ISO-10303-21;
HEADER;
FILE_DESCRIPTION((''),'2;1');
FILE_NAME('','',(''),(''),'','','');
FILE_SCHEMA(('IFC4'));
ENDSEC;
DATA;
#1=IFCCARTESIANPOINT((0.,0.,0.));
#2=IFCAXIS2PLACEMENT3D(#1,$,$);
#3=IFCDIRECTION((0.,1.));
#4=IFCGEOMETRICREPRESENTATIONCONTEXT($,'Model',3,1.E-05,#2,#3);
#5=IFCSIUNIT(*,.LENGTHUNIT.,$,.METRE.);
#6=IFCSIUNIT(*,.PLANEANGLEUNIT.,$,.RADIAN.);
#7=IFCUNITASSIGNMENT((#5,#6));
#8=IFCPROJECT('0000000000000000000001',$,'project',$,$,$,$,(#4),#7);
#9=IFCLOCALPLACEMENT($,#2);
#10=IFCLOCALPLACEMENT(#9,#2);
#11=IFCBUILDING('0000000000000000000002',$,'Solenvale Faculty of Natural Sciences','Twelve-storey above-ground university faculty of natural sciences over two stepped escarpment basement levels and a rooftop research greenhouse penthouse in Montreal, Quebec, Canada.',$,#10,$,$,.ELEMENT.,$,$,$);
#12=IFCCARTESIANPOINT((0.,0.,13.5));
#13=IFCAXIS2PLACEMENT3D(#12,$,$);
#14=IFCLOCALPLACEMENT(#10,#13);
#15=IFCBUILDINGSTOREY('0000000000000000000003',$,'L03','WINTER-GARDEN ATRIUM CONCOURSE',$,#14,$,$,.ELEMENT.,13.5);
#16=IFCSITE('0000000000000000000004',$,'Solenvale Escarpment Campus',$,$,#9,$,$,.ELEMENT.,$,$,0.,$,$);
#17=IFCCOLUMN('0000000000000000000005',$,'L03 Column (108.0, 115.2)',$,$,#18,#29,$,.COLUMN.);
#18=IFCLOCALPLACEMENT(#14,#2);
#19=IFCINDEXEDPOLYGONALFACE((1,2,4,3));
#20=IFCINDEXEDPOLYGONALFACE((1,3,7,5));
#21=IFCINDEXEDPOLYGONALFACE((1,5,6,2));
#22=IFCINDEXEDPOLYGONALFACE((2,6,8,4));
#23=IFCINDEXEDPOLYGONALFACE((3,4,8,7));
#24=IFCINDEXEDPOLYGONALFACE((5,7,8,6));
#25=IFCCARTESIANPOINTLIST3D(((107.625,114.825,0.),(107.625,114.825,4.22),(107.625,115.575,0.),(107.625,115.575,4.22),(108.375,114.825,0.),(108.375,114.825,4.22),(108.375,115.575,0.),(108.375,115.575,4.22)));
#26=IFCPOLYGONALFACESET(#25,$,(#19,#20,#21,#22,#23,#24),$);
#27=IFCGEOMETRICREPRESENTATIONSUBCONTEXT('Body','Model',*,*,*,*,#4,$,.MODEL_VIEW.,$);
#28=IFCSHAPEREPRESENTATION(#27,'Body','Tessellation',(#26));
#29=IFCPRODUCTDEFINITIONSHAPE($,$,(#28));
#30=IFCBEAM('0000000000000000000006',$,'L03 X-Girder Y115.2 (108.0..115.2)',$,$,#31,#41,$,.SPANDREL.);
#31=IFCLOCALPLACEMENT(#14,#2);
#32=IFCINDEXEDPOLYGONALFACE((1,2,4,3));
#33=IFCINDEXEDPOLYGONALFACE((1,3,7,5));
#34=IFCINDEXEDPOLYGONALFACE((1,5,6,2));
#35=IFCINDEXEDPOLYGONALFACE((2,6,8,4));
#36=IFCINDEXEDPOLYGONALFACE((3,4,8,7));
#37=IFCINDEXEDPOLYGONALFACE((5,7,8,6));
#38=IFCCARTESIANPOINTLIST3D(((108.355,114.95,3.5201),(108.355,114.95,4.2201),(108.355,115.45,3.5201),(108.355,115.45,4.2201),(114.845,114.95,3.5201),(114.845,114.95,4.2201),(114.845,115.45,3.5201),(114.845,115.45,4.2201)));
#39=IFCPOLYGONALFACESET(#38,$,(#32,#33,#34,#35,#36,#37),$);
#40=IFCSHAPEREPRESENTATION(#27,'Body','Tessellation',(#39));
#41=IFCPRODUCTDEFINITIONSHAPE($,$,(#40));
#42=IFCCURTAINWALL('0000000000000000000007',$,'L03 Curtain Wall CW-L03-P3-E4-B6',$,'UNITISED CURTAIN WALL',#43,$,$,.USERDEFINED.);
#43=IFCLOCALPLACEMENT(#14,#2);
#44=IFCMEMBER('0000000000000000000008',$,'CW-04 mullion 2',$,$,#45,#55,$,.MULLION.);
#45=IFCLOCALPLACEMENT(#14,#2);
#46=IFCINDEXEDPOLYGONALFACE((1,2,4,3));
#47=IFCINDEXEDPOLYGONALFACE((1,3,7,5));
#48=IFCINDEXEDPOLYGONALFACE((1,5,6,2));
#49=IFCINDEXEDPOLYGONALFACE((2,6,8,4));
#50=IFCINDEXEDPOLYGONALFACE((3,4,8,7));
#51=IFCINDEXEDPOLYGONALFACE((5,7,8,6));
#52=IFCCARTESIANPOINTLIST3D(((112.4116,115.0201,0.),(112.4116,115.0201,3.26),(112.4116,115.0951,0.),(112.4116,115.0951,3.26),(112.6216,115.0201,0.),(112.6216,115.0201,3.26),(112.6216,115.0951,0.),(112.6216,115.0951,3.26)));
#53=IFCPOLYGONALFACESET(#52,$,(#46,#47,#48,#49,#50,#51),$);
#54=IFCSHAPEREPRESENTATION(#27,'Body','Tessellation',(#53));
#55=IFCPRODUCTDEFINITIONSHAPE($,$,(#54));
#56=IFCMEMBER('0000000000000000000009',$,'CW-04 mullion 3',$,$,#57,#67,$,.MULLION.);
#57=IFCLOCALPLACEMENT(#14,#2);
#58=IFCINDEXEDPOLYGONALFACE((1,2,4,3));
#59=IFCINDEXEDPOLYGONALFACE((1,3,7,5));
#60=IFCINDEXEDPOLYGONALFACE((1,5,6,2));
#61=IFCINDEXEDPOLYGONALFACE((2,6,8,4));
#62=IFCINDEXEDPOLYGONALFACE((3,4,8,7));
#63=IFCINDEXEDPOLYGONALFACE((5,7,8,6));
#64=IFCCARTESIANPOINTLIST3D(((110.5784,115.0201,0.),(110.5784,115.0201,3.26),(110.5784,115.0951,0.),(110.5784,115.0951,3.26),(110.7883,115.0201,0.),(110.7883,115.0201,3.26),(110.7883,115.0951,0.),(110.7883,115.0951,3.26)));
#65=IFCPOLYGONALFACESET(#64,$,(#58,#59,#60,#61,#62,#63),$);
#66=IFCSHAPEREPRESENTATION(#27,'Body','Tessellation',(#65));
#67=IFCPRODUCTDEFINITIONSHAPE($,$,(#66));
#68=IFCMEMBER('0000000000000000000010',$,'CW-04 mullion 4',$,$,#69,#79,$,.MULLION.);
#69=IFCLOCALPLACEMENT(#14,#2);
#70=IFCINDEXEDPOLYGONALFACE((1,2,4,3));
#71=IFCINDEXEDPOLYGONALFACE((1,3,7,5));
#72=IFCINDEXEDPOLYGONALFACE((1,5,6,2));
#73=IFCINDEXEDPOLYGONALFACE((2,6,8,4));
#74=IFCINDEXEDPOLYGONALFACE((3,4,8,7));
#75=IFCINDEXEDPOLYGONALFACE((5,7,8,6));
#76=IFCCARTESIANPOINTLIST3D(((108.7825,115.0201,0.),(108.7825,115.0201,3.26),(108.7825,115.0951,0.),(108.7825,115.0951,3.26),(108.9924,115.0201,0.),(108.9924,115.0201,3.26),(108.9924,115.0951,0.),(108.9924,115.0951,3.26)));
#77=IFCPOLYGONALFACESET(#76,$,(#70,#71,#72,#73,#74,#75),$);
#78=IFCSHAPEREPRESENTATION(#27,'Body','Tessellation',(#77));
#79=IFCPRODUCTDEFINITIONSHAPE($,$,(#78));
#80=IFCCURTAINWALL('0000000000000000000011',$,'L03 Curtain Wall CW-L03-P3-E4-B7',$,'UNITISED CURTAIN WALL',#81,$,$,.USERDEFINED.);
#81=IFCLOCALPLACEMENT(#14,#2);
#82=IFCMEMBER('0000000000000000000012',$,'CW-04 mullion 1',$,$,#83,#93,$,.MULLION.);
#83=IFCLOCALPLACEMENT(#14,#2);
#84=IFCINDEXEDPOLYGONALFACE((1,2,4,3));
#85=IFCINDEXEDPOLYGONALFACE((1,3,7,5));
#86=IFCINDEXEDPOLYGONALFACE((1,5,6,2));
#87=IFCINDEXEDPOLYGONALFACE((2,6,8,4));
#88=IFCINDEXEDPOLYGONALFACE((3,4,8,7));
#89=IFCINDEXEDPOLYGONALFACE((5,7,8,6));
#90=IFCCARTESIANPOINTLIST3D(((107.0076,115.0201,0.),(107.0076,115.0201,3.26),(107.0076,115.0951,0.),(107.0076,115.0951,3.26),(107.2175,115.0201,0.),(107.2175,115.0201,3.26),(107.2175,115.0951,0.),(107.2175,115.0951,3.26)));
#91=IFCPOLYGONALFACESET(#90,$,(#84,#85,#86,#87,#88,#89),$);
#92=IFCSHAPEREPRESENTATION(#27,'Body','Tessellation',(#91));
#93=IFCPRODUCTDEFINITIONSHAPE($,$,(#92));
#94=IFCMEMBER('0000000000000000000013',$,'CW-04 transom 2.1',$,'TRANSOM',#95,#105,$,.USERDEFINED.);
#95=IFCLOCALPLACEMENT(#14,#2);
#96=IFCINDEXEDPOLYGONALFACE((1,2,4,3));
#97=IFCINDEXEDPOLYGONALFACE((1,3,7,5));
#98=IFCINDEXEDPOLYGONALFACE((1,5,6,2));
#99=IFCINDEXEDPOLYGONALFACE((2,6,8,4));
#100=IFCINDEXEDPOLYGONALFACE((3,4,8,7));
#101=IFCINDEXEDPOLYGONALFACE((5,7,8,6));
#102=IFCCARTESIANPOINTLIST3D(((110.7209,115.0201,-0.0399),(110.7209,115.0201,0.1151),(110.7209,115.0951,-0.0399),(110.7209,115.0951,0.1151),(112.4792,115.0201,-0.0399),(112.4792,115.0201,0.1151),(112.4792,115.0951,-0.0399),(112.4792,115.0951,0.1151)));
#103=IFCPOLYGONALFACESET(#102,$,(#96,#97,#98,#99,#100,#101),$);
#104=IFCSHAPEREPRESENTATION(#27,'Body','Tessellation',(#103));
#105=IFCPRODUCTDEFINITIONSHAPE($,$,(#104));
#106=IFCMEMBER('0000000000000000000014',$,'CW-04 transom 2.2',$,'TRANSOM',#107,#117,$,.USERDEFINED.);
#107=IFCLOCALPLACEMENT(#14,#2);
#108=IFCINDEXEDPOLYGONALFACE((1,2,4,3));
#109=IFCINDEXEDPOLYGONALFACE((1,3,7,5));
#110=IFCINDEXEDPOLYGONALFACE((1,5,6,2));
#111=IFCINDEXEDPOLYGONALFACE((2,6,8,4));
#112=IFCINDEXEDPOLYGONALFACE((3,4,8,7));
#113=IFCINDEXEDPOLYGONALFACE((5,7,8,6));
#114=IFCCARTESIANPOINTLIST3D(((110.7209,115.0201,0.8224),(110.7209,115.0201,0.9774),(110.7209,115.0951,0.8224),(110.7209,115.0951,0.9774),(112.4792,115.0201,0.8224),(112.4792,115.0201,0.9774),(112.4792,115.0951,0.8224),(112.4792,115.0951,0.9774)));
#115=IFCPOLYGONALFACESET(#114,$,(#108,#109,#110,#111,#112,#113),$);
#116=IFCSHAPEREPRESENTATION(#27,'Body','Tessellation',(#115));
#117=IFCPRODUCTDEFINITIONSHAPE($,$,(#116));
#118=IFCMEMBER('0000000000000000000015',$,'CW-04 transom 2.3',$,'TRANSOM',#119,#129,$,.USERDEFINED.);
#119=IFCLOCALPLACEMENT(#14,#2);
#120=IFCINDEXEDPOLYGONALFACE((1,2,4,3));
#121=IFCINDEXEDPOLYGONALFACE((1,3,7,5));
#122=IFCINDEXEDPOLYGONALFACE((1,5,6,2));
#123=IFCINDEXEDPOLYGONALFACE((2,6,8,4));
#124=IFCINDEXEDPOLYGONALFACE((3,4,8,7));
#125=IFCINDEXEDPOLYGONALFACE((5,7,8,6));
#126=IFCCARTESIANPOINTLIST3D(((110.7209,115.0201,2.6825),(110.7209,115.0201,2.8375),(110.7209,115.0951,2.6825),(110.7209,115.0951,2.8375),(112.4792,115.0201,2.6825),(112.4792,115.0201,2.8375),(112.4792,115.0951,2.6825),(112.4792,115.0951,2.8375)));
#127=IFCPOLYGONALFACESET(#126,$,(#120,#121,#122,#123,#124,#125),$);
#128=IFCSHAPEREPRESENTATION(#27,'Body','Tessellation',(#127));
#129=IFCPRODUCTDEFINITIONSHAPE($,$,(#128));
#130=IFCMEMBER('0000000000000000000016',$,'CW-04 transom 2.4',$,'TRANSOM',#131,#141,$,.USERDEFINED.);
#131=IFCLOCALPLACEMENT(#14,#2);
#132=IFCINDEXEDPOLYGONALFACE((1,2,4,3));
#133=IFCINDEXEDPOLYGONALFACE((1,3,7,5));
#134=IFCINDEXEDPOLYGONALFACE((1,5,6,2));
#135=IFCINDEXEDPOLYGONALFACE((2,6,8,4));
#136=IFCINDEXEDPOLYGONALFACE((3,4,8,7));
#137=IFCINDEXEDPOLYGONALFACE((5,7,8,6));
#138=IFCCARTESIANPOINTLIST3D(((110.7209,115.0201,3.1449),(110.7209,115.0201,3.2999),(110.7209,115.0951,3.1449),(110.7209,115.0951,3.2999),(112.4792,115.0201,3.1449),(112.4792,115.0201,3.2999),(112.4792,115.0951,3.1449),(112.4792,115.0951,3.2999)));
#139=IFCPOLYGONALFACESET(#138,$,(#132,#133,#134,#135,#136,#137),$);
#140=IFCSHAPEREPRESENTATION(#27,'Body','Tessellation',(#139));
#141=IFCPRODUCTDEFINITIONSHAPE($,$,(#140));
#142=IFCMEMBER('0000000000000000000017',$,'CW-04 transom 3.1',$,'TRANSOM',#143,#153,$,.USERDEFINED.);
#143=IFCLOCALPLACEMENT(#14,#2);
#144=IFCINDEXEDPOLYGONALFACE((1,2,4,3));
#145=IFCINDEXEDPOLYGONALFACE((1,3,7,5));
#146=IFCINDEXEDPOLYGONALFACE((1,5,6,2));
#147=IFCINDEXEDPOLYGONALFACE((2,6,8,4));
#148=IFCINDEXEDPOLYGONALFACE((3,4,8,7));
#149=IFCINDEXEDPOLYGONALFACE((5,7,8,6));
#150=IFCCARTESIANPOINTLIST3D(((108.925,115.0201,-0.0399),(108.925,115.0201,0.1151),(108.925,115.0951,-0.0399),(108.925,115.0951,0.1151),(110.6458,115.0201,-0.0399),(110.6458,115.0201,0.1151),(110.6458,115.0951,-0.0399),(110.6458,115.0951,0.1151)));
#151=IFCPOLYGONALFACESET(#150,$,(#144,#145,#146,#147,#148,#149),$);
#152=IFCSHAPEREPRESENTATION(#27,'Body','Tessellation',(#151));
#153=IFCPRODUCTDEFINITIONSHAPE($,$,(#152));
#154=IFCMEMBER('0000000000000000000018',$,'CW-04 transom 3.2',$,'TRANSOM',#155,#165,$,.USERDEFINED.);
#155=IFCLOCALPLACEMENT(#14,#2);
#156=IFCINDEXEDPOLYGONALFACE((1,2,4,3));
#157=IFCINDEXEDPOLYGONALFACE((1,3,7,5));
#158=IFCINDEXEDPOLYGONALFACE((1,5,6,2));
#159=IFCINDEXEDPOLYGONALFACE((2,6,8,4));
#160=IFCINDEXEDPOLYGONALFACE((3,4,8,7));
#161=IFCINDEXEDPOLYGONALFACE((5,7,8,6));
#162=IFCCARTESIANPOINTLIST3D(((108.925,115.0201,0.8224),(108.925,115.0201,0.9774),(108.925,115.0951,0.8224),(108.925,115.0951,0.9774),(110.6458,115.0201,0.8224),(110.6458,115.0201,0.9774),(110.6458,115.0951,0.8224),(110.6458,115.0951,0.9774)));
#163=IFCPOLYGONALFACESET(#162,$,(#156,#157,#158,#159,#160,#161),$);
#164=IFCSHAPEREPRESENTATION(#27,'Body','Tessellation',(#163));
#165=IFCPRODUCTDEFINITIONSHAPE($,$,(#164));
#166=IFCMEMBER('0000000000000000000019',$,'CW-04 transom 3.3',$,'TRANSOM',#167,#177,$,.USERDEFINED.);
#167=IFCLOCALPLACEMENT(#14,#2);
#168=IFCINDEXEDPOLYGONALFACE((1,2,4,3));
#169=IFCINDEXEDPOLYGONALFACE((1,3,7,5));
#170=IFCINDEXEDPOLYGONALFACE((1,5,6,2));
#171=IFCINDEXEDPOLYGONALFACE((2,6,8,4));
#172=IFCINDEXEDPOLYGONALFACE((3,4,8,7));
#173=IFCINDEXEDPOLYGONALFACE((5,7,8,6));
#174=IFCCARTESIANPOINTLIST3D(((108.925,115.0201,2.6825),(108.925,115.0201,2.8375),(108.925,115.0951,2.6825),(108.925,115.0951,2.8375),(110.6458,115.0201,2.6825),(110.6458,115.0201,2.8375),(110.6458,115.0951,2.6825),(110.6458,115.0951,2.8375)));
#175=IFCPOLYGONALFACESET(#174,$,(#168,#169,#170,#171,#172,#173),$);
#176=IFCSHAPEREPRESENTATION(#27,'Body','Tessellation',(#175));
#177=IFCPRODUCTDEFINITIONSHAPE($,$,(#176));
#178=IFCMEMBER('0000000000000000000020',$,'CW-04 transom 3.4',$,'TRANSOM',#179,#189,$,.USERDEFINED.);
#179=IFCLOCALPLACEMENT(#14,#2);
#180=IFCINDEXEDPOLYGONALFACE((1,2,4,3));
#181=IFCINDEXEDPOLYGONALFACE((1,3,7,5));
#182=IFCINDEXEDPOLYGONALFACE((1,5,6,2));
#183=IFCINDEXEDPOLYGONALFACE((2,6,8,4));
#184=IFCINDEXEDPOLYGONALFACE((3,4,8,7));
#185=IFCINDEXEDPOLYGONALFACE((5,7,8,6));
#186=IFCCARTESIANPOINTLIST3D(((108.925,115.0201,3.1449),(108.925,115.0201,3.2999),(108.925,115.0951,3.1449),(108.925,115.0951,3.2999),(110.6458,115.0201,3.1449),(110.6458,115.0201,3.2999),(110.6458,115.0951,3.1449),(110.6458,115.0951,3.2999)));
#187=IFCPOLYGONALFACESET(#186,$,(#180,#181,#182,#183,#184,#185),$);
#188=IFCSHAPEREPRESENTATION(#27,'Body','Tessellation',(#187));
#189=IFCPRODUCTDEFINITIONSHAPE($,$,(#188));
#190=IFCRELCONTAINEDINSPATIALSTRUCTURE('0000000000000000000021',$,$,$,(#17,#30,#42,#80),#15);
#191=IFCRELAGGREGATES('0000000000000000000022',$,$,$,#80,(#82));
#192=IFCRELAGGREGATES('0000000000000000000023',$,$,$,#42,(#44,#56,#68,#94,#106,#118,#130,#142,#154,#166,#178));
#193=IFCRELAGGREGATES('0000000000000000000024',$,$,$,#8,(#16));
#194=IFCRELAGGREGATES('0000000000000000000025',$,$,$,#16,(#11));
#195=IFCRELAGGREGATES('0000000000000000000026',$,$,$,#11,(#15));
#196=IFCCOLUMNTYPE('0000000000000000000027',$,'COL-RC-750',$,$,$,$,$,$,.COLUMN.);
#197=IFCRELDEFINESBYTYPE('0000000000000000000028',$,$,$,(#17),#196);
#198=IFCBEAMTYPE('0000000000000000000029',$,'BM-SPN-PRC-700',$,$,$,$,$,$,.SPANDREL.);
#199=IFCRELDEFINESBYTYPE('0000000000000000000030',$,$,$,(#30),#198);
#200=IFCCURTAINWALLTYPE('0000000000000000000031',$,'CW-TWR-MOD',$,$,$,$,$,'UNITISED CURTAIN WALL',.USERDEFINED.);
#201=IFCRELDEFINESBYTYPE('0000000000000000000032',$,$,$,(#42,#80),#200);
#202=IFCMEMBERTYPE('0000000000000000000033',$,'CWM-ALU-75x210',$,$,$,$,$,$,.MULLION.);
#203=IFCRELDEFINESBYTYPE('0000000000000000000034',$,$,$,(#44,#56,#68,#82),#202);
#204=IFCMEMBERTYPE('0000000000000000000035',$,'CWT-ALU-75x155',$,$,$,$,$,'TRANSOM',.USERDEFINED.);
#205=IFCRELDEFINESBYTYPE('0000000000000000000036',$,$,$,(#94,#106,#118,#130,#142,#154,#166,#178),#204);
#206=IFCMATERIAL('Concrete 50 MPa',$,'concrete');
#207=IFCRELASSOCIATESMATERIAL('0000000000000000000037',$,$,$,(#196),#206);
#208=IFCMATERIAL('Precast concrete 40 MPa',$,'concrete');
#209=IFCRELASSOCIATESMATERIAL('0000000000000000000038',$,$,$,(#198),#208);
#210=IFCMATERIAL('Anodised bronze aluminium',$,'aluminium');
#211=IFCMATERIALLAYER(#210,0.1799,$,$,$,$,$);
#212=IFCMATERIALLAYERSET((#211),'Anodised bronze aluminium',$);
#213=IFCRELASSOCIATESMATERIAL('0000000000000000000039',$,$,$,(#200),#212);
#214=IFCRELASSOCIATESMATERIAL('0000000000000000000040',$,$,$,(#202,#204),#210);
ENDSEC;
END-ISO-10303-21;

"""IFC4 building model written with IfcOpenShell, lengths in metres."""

from ifc_helpers import new_model, si_unit, direction, frame, origin, origin_2d, place, context, subcontext, project, spatial, rectangle, extrude, material, layer, layer_set, material_profile, profile_set, type_object, element, aggregate, save


model = new_model("IFC4")

# Units and contexts
model_context = context("Model", 3, precision=1e-05, world=origin(), true_north=direction((0.0, 1.0)))
body_context = subcontext(model_context, "Body", "Model", "MODEL_VIEW")
ifc_project = project(units=[si_unit("LENGTHUNIT", "METRE"), si_unit("PLANEANGLEUNIT", "RADIAN")], contexts=[model_context])

# Site, building, storey
site_placement = place(None, origin())
site = spatial("IfcSite", under=ifc_project, at=site_placement, Name="Solenvale Escarpment Campus", CompositionType="ELEMENT", RefElevation=0.0)
building_placement = place(site_placement, origin())
building = spatial("IfcBuilding", under=site, at=building_placement, Name="Solenvale Faculty of Natural Sciences", Description="Twelve-storey above-ground university faculty of natural sciences over two stepped escarpment basement levels and a rooftop research greenhouse penthouse in Montreal, Quebec, Canada.", CompositionType="ELEMENT")
storey_placement = place(building_placement, frame((0.0, 0.0, 13.5)))
storey = spatial("IfcBuildingStorey", under=building, at=storey_placement, Name="L03", Description="WINTER-GARDEN ATRIUM CONCOURSE", CompositionType="ELEMENT", Elevation=13.5)

# Column
ifc_material_1 = material(Name="Concrete 50 MPa", Category="concrete")
ifc_material_profile_1 = material_profile(ifc_material_1, rectangle(XDim=0.75, YDim=0.75, at=origin_2d()), Name="RC-COL-750x750")
ifc_profile_set_1 = profile_set([ifc_material_profile_1], Name="Concrete 50 MPa")
column_type = type_object("IfcColumnType", Name="COL-RC-750", PredefinedType="COLUMN", material=ifc_profile_set_1)
column_placement = place(storey_placement, frame((108.0, 115.2, 0.0), z_axis=(0.0, 0.0, 1.0), x_axis=(1.0, 0.0, 0.0)))
element("IfcColumn", 1, at=column_placement, inside=storey, type_object=column_type, Name="L03 Column (108.0, 115.2)", PredefinedType="COLUMN", context=body_context, shape_type="SweptSolid", body=[
    extrude(rectangle(XDim=0.75, YDim=0.75, at=origin_2d()), origin(), (0.0, 0.0, 1.0), 4.22),
])

# Beam
ifc_material_2 = material(Name="Precast concrete 40 MPa", Category="concrete")
ifc_material_profile_2 = material_profile(ifc_material_2, rectangle(XDim=0.5, YDim=0.7, at=origin_2d()), Name="RC-BM-500x700")
ifc_profile_set_2 = profile_set([ifc_material_profile_2], Name="Precast concrete 40 MPa")
beam_type = type_object("IfcBeamType", Name="BM-SPN-PRC-700", PredefinedType="SPANDREL", material=ifc_profile_set_2)
beam_placement = place(storey_placement, frame((108.355, 115.2, 3.8701), z_axis=(1.0, 0.0, 0.0), x_axis=(0.0, 1.0, 0.0)))
element("IfcBeam", 2, at=beam_placement, inside=storey, type_object=beam_type, Name="L03 X-Girder Y115.2 (108.0..115.2)", PredefinedType="SPANDREL", context=body_context, shape_type="SweptSolid", body=[
    extrude(rectangle(XDim=0.5, YDim=0.7, at=origin_2d()), origin(), (0.0, 0.0, 1.0), 6.49),
])

# Curtain wall, members
ifc_material_3 = material(Name="Anodised bronze aluminium", Category="aluminium")
ifc_layer_1 = layer(ifc_material_3, 0.1799)
ifc_layer_set_1 = layer_set([ifc_layer_1], Name="Anodised bronze aluminium")
curtain_wall_type = type_object("IfcCurtainWallType", Name="CW-TWR-MOD", ElementType="UNITISED CURTAIN WALL", PredefinedType="USERDEFINED", material=ifc_layer_set_1)
curtain_wall_1_placement = place(storey_placement, origin())
curtain_wall_1 = element("IfcCurtainWall", 3, at=curtain_wall_1_placement, inside=storey, type_object=curtain_wall_type, Name="L03 Curtain Wall CW-L03-P3-E4-B6", ObjectType="UNITISED CURTAIN WALL", PredefinedType="USERDEFINED")
ifc_material_profile_3 = material_profile(ifc_material_3, rectangle(XDim=0.075, YDim=0.21, at=origin_2d()), Name="ALU-MUL-75x210")
ifc_profile_set_3 = profile_set([ifc_material_profile_3], Name="Anodised bronze aluminium")
member_type_1 = type_object("IfcMemberType", Name="CWM-ALU-75x210", PredefinedType="MULLION", material=ifc_profile_set_3)
member_1_placement = place(storey_placement, frame((112.5166, 115.0576, 0.0), z_axis=(0.0, 0.0, 1.0), x_axis=(0.0, -1.0, 0.0)))
member_1 = element("IfcMember", 4, at=member_1_placement, type_object=member_type_1, Name="CW-04 mullion 2", PredefinedType="MULLION", context=body_context, shape_type="SweptSolid", body=[
    extrude(rectangle(XDim=0.075, YDim=0.21, at=origin_2d()), origin(), (0.0, 0.0, 1.0), 3.26),
])
member_2_placement = place(storey_placement, frame((110.6833, 115.0576, 0.0), z_axis=(0.0, 0.0, 1.0), x_axis=(0.0, -1.0, 0.0)))
member_2 = element("IfcMember", 5, at=member_2_placement, type_object=member_type_1, Name="CW-04 mullion 3", PredefinedType="MULLION", context=body_context, shape_type="SweptSolid", body=[
    extrude(rectangle(XDim=0.075, YDim=0.21, at=origin_2d()), origin(), (0.0, 0.0, 1.0), 3.26),
])
member_3_placement = place(storey_placement, frame((108.8875, 115.0576, 0.0), z_axis=(0.0, 0.0, 1.0), x_axis=(0.0, -1.0, 0.0)))
member_3 = element("IfcMember", 6, at=member_3_placement, type_object=member_type_1, Name="CW-04 mullion 4", PredefinedType="MULLION", context=body_context, shape_type="SweptSolid", body=[
    extrude(rectangle(XDim=0.075, YDim=0.21, at=origin_2d()), origin(), (0.0, 0.0, 1.0), 3.26),
])

# Curtain wall, member
curtain_wall_2_placement = place(storey_placement, origin())
curtain_wall_2 = element("IfcCurtainWall", 7, at=curtain_wall_2_placement, inside=storey, type_object=curtain_wall_type, Name="L03 Curtain Wall CW-L03-P3-E4-B7", ObjectType="UNITISED CURTAIN WALL", PredefinedType="USERDEFINED")
member_4_placement = place(storey_placement, frame((107.1125, 115.0576, 0.0), z_axis=(0.0, 0.0, 1.0), x_axis=(0.0, -1.0, 0.0)))
member_4 = element("IfcMember", 8, at=member_4_placement, type_object=member_type_1, Name="CW-04 mullion 1", PredefinedType="MULLION", context=body_context, shape_type="SweptSolid", body=[
    extrude(rectangle(XDim=0.075, YDim=0.21, at=origin_2d()), origin(), (0.0, 0.0, 1.0), 3.26),
])

# Members
ifc_material_profile_4 = material_profile(ifc_material_3, rectangle(XDim=0.075, YDim=0.155, at=origin_2d()), Name="ALU-TRN-75x155")
ifc_profile_set_4 = profile_set([ifc_material_profile_4], Name="Anodised bronze aluminium")
member_type_2 = type_object("IfcMemberType", Name="CWT-ALU-75x155", ElementType="TRANSOM", PredefinedType="USERDEFINED", material=ifc_profile_set_4)
member_5_placement = place(storey_placement, frame((112.4792, 115.0576, 0.0376), z_axis=(-1.0, 0.0, 0.0), x_axis=(0.0, -1.0, 0.0)))
member_5 = element("IfcMember", 9, at=member_5_placement, type_object=member_type_2, Name="CW-04 transom 2.1", ObjectType="TRANSOM", PredefinedType="USERDEFINED", context=body_context, shape_type="SweptSolid", body=[
    extrude(rectangle(XDim=0.075, YDim=0.155, at=origin_2d()), origin(), (0.0, 0.0, 1.0), 1.7583),
])
member_6_placement = place(storey_placement, frame((112.4792, 115.0576, 0.8999), z_axis=(-1.0, 0.0, 0.0), x_axis=(0.0, -1.0, 0.0)))
member_6 = element("IfcMember", 10, at=member_6_placement, type_object=member_type_2, Name="CW-04 transom 2.2", ObjectType="TRANSOM", PredefinedType="USERDEFINED", context=body_context, shape_type="SweptSolid", body=[
    extrude(rectangle(XDim=0.075, YDim=0.155, at=origin_2d()), origin(), (0.0, 0.0, 1.0), 1.7583),
])
member_7_placement = place(storey_placement, frame((112.4792, 115.0576, 2.76), z_axis=(-1.0, 0.0, 0.0), x_axis=(0.0, -1.0, 0.0)))
member_7 = element("IfcMember", 11, at=member_7_placement, type_object=member_type_2, Name="CW-04 transom 2.3", ObjectType="TRANSOM", PredefinedType="USERDEFINED", context=body_context, shape_type="SweptSolid", body=[
    extrude(rectangle(XDim=0.075, YDim=0.155, at=origin_2d()), origin(), (0.0, 0.0, 1.0), 1.7583),
])
member_8_placement = place(storey_placement, frame((112.4792, 115.0576, 3.2224), z_axis=(-1.0, 0.0, 0.0), x_axis=(0.0, -1.0, 0.0)))
member_8 = element("IfcMember", 12, at=member_8_placement, type_object=member_type_2, Name="CW-04 transom 2.4", ObjectType="TRANSOM", PredefinedType="USERDEFINED", context=body_context, shape_type="SweptSolid", body=[
    extrude(rectangle(XDim=0.075, YDim=0.155, at=origin_2d()), origin(), (0.0, 0.0, 1.0), 1.7583),
])
member_9_placement = place(storey_placement, frame((110.6458, 115.0576, 0.0376), z_axis=(-1.0, 0.0, 0.0), x_axis=(0.0, -1.0, 0.0)))
member_9 = element("IfcMember", 13, at=member_9_placement, type_object=member_type_2, Name="CW-04 transom 3.1", ObjectType="TRANSOM", PredefinedType="USERDEFINED", context=body_context, shape_type="SweptSolid", body=[
    extrude(rectangle(XDim=0.075, YDim=0.155, at=origin_2d()), origin(), (0.0, 0.0, 1.0), 1.7207),
])
member_10_placement = place(storey_placement, frame((110.6458, 115.0576, 0.8999), z_axis=(-1.0, 0.0, 0.0), x_axis=(0.0, -1.0, 0.0)))
member_10 = element("IfcMember", 14, at=member_10_placement, type_object=member_type_2, Name="CW-04 transom 3.2", ObjectType="TRANSOM", PredefinedType="USERDEFINED", context=body_context, shape_type="SweptSolid", body=[
    extrude(rectangle(XDim=0.075, YDim=0.155, at=origin_2d()), origin(), (0.0, 0.0, 1.0), 1.7207),
])
member_11_placement = place(storey_placement, frame((110.6458, 115.0576, 2.76), z_axis=(-1.0, 0.0, 0.0), x_axis=(0.0, -1.0, 0.0)))
member_11 = element("IfcMember", 15, at=member_11_placement, type_object=member_type_2, Name="CW-04 transom 3.3", ObjectType="TRANSOM", PredefinedType="USERDEFINED", context=body_context, shape_type="SweptSolid", body=[
    extrude(rectangle(XDim=0.075, YDim=0.155, at=origin_2d()), origin(), (0.0, 0.0, 1.0), 1.7207),
])
member_12_placement = place(storey_placement, frame((110.6458, 115.0576, 3.2224), z_axis=(-1.0, 0.0, 0.0), x_axis=(0.0, -1.0, 0.0)))
member_12 = element("IfcMember", 16, at=member_12_placement, type_object=member_type_2, Name="CW-04 transom 3.4", ObjectType="TRANSOM", PredefinedType="USERDEFINED", context=body_context, shape_type="SweptSolid", body=[
    extrude(rectangle(XDim=0.075, YDim=0.155, at=origin_2d()), origin(), (0.0, 0.0, 1.0), 1.7207),
])
aggregate(curtain_wall_2, [member_4])

aggregate(curtain_wall_1, [member_1, member_2, member_3, member_5, member_6, member_7, member_8, member_9, member_10, member_11, member_12])

save(model, "model.ifc")
